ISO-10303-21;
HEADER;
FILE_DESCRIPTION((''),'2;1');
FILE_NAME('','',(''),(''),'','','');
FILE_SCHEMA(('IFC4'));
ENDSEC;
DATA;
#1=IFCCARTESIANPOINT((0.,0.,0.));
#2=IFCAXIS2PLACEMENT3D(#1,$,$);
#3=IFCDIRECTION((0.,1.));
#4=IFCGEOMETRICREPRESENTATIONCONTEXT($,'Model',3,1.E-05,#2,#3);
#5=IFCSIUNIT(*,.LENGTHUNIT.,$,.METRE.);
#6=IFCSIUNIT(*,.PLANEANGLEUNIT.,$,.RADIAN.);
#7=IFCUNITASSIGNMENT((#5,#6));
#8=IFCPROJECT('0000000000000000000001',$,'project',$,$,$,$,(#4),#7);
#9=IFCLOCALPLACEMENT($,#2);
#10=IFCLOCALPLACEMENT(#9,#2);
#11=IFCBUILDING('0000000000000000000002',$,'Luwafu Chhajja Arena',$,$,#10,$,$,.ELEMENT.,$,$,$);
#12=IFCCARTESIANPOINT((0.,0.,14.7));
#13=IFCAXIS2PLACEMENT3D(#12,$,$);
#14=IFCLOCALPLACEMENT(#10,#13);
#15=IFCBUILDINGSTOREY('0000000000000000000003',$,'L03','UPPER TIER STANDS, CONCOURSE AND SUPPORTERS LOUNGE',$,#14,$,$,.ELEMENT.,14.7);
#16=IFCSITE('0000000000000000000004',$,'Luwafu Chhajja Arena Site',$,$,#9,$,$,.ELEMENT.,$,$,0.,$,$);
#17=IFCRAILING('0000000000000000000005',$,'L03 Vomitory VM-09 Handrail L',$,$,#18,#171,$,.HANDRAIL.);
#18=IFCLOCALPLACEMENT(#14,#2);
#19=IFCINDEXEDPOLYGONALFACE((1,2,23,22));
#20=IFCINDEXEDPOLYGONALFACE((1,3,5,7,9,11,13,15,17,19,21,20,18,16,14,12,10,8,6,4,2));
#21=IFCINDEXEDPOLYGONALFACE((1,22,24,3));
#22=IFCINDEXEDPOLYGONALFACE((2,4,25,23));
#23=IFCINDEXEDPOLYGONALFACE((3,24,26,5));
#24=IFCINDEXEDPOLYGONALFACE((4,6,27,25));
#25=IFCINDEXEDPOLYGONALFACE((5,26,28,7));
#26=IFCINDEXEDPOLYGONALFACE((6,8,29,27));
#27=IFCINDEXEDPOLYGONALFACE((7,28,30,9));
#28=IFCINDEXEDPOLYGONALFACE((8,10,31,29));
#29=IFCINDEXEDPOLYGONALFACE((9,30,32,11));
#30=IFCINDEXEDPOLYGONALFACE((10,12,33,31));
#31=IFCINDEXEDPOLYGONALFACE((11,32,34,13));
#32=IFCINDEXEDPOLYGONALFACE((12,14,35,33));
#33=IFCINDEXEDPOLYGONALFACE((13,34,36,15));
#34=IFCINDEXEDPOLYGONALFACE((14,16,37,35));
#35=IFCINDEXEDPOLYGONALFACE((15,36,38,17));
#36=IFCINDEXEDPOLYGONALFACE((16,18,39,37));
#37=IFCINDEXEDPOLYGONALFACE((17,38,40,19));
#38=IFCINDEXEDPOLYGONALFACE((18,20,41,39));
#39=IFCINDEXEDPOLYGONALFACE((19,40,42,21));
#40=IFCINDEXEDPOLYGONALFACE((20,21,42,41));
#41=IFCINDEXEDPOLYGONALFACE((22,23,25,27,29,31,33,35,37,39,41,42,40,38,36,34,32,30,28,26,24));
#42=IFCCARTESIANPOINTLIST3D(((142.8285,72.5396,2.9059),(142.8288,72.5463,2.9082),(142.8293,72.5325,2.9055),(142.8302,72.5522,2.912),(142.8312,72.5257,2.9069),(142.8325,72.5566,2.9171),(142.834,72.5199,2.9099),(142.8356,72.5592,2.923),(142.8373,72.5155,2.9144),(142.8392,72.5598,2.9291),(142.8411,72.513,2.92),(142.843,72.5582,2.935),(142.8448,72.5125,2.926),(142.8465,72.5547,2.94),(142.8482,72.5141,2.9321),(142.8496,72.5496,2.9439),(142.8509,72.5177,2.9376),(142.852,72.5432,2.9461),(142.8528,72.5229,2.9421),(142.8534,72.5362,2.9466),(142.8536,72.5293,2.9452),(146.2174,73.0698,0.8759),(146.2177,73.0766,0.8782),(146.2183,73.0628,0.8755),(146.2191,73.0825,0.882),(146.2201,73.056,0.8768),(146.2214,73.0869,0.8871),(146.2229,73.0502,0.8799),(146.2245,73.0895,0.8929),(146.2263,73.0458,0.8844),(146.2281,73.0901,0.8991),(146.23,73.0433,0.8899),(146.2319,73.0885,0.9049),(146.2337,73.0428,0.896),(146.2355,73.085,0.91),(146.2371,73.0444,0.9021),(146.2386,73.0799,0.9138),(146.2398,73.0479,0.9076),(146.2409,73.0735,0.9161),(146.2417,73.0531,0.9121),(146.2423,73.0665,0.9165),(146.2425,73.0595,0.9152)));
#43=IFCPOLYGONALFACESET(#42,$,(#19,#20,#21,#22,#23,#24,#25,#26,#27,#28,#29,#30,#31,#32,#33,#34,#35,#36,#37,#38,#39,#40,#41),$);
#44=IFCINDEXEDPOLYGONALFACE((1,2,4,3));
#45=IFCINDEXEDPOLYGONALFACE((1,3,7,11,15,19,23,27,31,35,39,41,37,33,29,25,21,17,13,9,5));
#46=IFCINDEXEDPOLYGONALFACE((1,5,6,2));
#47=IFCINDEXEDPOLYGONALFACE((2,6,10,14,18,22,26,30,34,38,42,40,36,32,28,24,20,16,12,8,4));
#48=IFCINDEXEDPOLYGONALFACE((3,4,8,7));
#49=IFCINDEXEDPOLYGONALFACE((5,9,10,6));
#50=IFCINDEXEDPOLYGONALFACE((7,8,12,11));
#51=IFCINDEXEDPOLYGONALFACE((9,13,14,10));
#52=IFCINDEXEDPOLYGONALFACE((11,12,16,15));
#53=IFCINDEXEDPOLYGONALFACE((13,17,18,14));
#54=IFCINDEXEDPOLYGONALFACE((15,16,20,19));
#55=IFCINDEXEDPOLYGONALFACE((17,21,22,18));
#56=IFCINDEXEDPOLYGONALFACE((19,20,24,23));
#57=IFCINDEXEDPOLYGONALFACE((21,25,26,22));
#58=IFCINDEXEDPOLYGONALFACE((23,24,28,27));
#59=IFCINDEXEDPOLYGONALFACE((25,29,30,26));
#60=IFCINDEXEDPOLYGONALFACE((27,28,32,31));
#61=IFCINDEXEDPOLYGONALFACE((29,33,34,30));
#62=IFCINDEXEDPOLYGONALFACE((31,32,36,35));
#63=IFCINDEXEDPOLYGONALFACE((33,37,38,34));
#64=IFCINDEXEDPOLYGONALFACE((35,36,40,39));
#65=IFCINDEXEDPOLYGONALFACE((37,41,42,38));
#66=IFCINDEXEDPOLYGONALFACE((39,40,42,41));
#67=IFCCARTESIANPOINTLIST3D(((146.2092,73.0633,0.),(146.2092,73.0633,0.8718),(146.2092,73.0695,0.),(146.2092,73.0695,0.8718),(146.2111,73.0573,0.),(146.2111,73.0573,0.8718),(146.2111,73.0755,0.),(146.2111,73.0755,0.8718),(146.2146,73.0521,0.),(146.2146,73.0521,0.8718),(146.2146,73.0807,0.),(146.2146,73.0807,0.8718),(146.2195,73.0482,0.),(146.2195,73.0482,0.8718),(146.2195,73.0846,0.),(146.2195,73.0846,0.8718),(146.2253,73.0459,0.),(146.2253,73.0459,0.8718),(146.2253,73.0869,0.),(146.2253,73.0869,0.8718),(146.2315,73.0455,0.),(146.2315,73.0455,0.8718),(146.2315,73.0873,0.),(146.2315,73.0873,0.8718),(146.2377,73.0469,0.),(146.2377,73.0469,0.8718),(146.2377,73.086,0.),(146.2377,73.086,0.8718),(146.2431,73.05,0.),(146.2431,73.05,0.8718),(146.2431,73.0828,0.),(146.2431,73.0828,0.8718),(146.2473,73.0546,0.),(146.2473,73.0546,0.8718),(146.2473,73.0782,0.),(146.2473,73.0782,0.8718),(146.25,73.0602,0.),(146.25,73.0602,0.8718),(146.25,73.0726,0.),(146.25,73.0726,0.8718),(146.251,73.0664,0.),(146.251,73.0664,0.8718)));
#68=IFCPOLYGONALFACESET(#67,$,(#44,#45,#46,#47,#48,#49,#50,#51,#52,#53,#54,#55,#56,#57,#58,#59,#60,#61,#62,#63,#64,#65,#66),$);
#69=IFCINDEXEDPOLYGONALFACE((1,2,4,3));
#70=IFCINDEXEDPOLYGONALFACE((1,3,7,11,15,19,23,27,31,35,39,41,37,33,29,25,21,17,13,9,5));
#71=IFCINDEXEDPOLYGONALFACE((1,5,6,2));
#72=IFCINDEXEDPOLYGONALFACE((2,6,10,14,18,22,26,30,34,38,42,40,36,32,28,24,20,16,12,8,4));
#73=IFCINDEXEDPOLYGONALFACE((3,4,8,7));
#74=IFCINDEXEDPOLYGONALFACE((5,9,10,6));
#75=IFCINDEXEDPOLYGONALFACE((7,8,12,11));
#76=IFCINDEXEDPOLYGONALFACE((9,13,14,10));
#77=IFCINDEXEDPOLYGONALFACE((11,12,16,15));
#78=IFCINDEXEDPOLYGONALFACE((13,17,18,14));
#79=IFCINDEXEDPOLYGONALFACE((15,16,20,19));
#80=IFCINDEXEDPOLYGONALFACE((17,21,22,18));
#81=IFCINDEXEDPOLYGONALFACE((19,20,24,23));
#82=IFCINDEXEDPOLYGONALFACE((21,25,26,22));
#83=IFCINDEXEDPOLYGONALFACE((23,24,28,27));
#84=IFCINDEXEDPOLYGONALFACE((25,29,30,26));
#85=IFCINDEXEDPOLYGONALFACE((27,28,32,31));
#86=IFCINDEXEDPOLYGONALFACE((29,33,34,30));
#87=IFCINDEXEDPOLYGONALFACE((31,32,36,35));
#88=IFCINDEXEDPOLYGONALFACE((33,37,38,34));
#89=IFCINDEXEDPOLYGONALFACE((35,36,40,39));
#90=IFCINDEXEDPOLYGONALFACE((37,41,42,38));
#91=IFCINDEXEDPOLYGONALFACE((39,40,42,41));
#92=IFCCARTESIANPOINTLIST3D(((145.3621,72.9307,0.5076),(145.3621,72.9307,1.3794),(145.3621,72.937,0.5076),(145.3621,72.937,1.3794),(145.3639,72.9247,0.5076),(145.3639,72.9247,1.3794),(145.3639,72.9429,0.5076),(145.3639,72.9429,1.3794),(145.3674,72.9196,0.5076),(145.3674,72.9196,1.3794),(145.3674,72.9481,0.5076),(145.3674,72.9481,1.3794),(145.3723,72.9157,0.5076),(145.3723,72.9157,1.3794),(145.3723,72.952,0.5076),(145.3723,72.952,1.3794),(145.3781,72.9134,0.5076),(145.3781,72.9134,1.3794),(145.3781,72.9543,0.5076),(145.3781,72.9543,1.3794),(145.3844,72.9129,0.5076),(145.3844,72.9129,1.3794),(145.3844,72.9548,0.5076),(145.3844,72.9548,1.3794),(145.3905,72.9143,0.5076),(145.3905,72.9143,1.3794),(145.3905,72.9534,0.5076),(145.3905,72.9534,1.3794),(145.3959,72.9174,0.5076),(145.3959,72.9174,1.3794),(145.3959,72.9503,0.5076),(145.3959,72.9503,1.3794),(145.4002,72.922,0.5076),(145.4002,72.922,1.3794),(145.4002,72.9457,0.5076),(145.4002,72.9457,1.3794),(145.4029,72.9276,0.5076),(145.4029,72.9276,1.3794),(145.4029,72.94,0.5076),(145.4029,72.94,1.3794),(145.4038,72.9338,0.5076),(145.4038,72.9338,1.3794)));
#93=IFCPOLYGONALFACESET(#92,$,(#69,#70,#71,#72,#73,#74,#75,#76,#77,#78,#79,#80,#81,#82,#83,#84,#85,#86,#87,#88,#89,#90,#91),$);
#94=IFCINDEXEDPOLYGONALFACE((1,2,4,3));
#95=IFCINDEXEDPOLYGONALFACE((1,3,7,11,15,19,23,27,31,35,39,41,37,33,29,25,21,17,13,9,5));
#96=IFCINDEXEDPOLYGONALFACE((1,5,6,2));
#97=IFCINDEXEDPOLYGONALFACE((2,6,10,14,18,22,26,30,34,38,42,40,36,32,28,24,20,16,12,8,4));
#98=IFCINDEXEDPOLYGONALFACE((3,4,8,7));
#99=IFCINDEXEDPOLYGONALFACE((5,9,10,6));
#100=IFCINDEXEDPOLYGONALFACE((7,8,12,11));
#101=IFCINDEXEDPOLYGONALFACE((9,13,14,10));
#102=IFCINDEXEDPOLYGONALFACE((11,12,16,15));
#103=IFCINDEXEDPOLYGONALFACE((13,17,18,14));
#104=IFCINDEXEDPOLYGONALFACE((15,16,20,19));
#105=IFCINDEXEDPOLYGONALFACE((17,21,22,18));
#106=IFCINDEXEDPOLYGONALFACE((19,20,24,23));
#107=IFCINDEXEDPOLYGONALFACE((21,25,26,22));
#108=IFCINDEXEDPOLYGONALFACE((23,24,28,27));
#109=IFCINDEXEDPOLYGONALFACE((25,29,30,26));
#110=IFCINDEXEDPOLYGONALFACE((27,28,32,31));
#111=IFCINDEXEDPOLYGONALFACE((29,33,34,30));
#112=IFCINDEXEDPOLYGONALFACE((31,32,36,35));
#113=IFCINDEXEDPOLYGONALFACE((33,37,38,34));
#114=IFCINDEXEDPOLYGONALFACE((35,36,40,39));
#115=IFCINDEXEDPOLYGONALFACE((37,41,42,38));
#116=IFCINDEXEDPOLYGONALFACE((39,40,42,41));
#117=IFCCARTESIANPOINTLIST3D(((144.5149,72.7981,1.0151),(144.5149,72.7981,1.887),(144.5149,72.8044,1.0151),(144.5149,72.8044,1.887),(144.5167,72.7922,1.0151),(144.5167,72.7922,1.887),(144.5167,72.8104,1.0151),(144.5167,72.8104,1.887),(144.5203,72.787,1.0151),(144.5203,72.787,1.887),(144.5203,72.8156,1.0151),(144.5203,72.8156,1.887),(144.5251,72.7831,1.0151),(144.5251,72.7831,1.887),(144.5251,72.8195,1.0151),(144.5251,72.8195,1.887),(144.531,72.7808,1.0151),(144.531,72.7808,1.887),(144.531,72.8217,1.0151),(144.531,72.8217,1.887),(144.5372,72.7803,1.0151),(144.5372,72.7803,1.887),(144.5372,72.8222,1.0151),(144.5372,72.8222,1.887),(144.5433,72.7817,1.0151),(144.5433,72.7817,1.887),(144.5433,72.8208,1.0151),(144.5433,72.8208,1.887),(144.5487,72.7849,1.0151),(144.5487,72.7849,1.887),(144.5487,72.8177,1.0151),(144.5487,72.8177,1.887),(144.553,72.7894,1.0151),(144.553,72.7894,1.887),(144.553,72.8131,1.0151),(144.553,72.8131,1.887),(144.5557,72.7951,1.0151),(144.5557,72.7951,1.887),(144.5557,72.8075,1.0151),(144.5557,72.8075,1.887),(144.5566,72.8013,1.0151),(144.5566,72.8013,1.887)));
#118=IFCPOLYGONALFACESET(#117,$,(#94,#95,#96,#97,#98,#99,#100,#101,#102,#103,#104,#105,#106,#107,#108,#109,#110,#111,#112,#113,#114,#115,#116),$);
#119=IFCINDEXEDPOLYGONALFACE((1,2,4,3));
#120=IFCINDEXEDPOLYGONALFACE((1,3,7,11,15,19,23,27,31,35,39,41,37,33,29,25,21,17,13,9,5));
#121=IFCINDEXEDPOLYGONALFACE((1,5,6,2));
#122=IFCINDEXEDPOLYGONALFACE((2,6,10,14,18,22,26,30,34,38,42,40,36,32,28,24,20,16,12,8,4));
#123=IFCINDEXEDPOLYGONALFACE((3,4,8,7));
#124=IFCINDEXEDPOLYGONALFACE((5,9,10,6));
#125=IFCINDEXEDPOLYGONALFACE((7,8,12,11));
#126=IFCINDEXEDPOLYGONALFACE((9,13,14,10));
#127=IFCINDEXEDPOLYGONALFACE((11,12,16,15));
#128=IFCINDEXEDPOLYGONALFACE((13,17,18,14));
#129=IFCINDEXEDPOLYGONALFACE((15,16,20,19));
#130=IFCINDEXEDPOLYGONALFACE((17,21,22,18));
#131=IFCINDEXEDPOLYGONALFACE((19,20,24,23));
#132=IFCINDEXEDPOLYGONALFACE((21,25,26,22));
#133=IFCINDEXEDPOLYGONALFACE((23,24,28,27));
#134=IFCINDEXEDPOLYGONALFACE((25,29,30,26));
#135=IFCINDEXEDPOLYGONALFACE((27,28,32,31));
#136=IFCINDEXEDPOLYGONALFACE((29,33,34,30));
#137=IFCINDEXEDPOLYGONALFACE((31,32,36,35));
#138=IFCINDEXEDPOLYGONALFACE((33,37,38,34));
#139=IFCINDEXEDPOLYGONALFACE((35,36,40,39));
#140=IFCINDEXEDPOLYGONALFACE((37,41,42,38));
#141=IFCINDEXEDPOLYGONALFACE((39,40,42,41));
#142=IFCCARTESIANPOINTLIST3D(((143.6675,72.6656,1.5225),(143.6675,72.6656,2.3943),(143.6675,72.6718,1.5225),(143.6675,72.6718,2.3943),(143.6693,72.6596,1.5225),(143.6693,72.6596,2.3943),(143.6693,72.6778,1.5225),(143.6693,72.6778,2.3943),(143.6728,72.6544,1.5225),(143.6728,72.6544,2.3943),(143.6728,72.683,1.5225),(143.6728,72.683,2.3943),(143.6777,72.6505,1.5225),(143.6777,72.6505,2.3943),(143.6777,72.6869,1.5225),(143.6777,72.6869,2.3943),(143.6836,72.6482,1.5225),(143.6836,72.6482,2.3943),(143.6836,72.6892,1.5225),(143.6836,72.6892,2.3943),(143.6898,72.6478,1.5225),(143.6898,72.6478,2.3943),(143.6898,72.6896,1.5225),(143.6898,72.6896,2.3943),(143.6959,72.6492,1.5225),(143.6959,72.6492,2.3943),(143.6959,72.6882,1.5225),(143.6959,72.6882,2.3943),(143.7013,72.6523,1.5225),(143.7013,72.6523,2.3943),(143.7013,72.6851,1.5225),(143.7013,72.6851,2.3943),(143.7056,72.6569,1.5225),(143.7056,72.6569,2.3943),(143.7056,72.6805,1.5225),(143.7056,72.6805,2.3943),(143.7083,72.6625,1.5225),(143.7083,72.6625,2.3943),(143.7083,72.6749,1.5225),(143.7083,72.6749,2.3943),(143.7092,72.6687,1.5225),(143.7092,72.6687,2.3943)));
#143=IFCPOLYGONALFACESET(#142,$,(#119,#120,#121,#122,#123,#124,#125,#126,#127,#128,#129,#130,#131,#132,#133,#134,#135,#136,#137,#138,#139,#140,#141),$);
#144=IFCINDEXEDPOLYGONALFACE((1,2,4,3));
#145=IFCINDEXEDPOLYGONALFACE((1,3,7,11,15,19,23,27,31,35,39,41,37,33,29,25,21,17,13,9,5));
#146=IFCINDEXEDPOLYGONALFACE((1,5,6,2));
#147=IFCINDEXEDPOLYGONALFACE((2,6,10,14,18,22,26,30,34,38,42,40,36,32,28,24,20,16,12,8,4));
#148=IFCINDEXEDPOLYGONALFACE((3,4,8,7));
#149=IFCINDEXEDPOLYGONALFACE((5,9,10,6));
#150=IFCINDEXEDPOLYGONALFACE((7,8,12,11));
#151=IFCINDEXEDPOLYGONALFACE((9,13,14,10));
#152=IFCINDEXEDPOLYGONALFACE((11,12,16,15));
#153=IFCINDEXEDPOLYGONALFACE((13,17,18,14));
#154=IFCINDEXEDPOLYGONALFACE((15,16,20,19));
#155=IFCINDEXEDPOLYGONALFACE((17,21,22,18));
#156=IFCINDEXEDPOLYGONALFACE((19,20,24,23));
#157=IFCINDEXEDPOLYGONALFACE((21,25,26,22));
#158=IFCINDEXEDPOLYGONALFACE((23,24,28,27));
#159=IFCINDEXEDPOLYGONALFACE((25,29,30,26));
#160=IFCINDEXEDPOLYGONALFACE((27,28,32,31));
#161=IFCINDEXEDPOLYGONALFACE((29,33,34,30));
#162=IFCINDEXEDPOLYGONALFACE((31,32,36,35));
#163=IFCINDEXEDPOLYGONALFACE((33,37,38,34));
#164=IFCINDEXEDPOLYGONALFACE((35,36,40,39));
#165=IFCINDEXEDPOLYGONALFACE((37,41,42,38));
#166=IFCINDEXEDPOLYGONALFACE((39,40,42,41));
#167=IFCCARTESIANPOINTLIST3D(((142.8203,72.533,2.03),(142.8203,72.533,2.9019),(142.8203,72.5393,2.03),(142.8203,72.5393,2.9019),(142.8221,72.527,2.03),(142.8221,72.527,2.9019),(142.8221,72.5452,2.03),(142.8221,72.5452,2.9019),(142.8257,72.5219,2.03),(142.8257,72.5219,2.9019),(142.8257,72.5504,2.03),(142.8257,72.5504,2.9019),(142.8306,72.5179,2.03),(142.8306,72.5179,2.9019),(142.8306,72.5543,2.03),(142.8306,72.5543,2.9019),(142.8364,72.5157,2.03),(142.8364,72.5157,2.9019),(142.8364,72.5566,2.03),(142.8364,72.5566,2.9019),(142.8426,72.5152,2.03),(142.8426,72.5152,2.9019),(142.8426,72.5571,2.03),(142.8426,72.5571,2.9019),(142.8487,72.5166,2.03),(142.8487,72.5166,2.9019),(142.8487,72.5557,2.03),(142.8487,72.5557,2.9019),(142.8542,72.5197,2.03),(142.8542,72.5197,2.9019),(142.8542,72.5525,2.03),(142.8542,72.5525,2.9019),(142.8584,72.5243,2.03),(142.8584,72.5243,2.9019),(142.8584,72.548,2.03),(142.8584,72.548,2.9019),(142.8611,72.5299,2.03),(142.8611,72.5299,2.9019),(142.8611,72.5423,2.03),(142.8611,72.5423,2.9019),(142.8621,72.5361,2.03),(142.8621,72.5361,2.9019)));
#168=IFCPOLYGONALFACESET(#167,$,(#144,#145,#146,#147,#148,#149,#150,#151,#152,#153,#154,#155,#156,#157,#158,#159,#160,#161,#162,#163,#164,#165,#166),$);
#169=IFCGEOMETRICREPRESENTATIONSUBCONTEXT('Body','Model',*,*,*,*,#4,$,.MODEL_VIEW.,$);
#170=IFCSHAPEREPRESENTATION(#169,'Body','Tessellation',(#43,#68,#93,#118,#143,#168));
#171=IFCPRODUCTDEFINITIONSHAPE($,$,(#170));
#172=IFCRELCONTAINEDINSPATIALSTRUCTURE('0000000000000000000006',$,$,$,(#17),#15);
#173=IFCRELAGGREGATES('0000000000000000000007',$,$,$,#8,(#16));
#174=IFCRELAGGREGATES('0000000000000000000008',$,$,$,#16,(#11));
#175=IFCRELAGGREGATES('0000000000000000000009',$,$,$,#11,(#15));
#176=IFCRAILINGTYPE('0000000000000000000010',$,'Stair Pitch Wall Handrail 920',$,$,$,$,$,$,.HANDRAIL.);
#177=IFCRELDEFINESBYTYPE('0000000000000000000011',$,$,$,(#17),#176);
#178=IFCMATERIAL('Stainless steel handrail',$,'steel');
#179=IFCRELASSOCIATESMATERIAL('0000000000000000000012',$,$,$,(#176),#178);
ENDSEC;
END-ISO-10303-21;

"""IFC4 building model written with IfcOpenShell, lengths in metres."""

from ifc_helpers import new_model, si_unit, direction, frame, origin, origin_2d, place, context, subcontext, project, spatial, circle, extrude, material, type_object, element, save


model = new_model("IFC4")

# Units and contexts
model_context = context("Model", 3, precision=1e-05, world=origin(), true_north=direction((0.0, 1.0)))
body_context = subcontext(model_context, "Body", "Model", "MODEL_VIEW")
ifc_project = project(units=[si_unit("LENGTHUNIT", "METRE"), si_unit("PLANEANGLEUNIT", "RADIAN")], contexts=[model_context])

# Site, building, storey
site_placement = place(None, origin())
site = spatial("IfcSite", under=ifc_project, at=site_placement, Name="Luwafu Chhajja Arena Site", CompositionType="ELEMENT", RefElevation=0.0)
building_placement = place(site_placement, origin())
building = spatial("IfcBuilding", under=site, at=building_placement, Name="Luwafu Chhajja Arena", CompositionType="ELEMENT")
storey_placement = place(building_placement, frame((0.0, 0.0, 14.7)))
storey = spatial("IfcBuildingStorey", under=building, at=storey_placement, Name="L03", Description="UPPER TIER STANDS, CONCOURSE AND SUPPORTERS LOUNGE", CompositionType="ELEMENT", Elevation=14.7)

# Railing
ifc_material_1 = material(Name="Stainless steel handrail", Category="steel")
railing_type_1 = type_object("IfcRailingType", Name="Stair Pitch Wall Handrail 920", PredefinedType="HANDRAIL", material=ifc_material_1)
railing_1_placement = place(storey_placement, frame((146.23, 73.0664, 0.0)))
element("IfcRailing", 1, at=railing_1_placement, inside=storey, type_object=railing_type_1, Name="L03 Vomitory VM-09 Handrail L", PredefinedType="HANDRAIL", context=body_context, shape_type="SweptSolid", body=[
    extrude(circle(Radius=0.0239, at=origin_2d()), frame((0.0, 0.0, 0.896), z_axis=(-0.850238, -0.133039, 0.50931), x_axis=(0.154592, -0.987978, 0.0)), (0.0, 0.0, 1.0), 3.9858),
    extrude(circle(Radius=0.021, at=origin_2d()), origin(), (0.0, 0.0, 1.0), 0.8718),
    extrude(circle(Radius=0.021, at=origin_2d()), frame((-0.8472, -0.1326, 0.5076)), (0.0, 0.0, 1.0), 0.8718),
    extrude(circle(Radius=0.021, at=origin_2d()), frame((-1.6943, -0.2651, 1.0151)), (0.0, 0.0, 1.0), 0.8718),
    extrude(circle(Radius=0.021, at=origin_2d()), frame((-2.5417, -0.3977, 1.5225)), (0.0, 0.0, 1.0), 0.8718),
    extrude(circle(Radius=0.021, at=origin_2d()), frame((-3.3889, -0.5303, 2.03)), (0.0, 0.0, 1.0), 0.8718),
])

save(model, "model.ifc")
